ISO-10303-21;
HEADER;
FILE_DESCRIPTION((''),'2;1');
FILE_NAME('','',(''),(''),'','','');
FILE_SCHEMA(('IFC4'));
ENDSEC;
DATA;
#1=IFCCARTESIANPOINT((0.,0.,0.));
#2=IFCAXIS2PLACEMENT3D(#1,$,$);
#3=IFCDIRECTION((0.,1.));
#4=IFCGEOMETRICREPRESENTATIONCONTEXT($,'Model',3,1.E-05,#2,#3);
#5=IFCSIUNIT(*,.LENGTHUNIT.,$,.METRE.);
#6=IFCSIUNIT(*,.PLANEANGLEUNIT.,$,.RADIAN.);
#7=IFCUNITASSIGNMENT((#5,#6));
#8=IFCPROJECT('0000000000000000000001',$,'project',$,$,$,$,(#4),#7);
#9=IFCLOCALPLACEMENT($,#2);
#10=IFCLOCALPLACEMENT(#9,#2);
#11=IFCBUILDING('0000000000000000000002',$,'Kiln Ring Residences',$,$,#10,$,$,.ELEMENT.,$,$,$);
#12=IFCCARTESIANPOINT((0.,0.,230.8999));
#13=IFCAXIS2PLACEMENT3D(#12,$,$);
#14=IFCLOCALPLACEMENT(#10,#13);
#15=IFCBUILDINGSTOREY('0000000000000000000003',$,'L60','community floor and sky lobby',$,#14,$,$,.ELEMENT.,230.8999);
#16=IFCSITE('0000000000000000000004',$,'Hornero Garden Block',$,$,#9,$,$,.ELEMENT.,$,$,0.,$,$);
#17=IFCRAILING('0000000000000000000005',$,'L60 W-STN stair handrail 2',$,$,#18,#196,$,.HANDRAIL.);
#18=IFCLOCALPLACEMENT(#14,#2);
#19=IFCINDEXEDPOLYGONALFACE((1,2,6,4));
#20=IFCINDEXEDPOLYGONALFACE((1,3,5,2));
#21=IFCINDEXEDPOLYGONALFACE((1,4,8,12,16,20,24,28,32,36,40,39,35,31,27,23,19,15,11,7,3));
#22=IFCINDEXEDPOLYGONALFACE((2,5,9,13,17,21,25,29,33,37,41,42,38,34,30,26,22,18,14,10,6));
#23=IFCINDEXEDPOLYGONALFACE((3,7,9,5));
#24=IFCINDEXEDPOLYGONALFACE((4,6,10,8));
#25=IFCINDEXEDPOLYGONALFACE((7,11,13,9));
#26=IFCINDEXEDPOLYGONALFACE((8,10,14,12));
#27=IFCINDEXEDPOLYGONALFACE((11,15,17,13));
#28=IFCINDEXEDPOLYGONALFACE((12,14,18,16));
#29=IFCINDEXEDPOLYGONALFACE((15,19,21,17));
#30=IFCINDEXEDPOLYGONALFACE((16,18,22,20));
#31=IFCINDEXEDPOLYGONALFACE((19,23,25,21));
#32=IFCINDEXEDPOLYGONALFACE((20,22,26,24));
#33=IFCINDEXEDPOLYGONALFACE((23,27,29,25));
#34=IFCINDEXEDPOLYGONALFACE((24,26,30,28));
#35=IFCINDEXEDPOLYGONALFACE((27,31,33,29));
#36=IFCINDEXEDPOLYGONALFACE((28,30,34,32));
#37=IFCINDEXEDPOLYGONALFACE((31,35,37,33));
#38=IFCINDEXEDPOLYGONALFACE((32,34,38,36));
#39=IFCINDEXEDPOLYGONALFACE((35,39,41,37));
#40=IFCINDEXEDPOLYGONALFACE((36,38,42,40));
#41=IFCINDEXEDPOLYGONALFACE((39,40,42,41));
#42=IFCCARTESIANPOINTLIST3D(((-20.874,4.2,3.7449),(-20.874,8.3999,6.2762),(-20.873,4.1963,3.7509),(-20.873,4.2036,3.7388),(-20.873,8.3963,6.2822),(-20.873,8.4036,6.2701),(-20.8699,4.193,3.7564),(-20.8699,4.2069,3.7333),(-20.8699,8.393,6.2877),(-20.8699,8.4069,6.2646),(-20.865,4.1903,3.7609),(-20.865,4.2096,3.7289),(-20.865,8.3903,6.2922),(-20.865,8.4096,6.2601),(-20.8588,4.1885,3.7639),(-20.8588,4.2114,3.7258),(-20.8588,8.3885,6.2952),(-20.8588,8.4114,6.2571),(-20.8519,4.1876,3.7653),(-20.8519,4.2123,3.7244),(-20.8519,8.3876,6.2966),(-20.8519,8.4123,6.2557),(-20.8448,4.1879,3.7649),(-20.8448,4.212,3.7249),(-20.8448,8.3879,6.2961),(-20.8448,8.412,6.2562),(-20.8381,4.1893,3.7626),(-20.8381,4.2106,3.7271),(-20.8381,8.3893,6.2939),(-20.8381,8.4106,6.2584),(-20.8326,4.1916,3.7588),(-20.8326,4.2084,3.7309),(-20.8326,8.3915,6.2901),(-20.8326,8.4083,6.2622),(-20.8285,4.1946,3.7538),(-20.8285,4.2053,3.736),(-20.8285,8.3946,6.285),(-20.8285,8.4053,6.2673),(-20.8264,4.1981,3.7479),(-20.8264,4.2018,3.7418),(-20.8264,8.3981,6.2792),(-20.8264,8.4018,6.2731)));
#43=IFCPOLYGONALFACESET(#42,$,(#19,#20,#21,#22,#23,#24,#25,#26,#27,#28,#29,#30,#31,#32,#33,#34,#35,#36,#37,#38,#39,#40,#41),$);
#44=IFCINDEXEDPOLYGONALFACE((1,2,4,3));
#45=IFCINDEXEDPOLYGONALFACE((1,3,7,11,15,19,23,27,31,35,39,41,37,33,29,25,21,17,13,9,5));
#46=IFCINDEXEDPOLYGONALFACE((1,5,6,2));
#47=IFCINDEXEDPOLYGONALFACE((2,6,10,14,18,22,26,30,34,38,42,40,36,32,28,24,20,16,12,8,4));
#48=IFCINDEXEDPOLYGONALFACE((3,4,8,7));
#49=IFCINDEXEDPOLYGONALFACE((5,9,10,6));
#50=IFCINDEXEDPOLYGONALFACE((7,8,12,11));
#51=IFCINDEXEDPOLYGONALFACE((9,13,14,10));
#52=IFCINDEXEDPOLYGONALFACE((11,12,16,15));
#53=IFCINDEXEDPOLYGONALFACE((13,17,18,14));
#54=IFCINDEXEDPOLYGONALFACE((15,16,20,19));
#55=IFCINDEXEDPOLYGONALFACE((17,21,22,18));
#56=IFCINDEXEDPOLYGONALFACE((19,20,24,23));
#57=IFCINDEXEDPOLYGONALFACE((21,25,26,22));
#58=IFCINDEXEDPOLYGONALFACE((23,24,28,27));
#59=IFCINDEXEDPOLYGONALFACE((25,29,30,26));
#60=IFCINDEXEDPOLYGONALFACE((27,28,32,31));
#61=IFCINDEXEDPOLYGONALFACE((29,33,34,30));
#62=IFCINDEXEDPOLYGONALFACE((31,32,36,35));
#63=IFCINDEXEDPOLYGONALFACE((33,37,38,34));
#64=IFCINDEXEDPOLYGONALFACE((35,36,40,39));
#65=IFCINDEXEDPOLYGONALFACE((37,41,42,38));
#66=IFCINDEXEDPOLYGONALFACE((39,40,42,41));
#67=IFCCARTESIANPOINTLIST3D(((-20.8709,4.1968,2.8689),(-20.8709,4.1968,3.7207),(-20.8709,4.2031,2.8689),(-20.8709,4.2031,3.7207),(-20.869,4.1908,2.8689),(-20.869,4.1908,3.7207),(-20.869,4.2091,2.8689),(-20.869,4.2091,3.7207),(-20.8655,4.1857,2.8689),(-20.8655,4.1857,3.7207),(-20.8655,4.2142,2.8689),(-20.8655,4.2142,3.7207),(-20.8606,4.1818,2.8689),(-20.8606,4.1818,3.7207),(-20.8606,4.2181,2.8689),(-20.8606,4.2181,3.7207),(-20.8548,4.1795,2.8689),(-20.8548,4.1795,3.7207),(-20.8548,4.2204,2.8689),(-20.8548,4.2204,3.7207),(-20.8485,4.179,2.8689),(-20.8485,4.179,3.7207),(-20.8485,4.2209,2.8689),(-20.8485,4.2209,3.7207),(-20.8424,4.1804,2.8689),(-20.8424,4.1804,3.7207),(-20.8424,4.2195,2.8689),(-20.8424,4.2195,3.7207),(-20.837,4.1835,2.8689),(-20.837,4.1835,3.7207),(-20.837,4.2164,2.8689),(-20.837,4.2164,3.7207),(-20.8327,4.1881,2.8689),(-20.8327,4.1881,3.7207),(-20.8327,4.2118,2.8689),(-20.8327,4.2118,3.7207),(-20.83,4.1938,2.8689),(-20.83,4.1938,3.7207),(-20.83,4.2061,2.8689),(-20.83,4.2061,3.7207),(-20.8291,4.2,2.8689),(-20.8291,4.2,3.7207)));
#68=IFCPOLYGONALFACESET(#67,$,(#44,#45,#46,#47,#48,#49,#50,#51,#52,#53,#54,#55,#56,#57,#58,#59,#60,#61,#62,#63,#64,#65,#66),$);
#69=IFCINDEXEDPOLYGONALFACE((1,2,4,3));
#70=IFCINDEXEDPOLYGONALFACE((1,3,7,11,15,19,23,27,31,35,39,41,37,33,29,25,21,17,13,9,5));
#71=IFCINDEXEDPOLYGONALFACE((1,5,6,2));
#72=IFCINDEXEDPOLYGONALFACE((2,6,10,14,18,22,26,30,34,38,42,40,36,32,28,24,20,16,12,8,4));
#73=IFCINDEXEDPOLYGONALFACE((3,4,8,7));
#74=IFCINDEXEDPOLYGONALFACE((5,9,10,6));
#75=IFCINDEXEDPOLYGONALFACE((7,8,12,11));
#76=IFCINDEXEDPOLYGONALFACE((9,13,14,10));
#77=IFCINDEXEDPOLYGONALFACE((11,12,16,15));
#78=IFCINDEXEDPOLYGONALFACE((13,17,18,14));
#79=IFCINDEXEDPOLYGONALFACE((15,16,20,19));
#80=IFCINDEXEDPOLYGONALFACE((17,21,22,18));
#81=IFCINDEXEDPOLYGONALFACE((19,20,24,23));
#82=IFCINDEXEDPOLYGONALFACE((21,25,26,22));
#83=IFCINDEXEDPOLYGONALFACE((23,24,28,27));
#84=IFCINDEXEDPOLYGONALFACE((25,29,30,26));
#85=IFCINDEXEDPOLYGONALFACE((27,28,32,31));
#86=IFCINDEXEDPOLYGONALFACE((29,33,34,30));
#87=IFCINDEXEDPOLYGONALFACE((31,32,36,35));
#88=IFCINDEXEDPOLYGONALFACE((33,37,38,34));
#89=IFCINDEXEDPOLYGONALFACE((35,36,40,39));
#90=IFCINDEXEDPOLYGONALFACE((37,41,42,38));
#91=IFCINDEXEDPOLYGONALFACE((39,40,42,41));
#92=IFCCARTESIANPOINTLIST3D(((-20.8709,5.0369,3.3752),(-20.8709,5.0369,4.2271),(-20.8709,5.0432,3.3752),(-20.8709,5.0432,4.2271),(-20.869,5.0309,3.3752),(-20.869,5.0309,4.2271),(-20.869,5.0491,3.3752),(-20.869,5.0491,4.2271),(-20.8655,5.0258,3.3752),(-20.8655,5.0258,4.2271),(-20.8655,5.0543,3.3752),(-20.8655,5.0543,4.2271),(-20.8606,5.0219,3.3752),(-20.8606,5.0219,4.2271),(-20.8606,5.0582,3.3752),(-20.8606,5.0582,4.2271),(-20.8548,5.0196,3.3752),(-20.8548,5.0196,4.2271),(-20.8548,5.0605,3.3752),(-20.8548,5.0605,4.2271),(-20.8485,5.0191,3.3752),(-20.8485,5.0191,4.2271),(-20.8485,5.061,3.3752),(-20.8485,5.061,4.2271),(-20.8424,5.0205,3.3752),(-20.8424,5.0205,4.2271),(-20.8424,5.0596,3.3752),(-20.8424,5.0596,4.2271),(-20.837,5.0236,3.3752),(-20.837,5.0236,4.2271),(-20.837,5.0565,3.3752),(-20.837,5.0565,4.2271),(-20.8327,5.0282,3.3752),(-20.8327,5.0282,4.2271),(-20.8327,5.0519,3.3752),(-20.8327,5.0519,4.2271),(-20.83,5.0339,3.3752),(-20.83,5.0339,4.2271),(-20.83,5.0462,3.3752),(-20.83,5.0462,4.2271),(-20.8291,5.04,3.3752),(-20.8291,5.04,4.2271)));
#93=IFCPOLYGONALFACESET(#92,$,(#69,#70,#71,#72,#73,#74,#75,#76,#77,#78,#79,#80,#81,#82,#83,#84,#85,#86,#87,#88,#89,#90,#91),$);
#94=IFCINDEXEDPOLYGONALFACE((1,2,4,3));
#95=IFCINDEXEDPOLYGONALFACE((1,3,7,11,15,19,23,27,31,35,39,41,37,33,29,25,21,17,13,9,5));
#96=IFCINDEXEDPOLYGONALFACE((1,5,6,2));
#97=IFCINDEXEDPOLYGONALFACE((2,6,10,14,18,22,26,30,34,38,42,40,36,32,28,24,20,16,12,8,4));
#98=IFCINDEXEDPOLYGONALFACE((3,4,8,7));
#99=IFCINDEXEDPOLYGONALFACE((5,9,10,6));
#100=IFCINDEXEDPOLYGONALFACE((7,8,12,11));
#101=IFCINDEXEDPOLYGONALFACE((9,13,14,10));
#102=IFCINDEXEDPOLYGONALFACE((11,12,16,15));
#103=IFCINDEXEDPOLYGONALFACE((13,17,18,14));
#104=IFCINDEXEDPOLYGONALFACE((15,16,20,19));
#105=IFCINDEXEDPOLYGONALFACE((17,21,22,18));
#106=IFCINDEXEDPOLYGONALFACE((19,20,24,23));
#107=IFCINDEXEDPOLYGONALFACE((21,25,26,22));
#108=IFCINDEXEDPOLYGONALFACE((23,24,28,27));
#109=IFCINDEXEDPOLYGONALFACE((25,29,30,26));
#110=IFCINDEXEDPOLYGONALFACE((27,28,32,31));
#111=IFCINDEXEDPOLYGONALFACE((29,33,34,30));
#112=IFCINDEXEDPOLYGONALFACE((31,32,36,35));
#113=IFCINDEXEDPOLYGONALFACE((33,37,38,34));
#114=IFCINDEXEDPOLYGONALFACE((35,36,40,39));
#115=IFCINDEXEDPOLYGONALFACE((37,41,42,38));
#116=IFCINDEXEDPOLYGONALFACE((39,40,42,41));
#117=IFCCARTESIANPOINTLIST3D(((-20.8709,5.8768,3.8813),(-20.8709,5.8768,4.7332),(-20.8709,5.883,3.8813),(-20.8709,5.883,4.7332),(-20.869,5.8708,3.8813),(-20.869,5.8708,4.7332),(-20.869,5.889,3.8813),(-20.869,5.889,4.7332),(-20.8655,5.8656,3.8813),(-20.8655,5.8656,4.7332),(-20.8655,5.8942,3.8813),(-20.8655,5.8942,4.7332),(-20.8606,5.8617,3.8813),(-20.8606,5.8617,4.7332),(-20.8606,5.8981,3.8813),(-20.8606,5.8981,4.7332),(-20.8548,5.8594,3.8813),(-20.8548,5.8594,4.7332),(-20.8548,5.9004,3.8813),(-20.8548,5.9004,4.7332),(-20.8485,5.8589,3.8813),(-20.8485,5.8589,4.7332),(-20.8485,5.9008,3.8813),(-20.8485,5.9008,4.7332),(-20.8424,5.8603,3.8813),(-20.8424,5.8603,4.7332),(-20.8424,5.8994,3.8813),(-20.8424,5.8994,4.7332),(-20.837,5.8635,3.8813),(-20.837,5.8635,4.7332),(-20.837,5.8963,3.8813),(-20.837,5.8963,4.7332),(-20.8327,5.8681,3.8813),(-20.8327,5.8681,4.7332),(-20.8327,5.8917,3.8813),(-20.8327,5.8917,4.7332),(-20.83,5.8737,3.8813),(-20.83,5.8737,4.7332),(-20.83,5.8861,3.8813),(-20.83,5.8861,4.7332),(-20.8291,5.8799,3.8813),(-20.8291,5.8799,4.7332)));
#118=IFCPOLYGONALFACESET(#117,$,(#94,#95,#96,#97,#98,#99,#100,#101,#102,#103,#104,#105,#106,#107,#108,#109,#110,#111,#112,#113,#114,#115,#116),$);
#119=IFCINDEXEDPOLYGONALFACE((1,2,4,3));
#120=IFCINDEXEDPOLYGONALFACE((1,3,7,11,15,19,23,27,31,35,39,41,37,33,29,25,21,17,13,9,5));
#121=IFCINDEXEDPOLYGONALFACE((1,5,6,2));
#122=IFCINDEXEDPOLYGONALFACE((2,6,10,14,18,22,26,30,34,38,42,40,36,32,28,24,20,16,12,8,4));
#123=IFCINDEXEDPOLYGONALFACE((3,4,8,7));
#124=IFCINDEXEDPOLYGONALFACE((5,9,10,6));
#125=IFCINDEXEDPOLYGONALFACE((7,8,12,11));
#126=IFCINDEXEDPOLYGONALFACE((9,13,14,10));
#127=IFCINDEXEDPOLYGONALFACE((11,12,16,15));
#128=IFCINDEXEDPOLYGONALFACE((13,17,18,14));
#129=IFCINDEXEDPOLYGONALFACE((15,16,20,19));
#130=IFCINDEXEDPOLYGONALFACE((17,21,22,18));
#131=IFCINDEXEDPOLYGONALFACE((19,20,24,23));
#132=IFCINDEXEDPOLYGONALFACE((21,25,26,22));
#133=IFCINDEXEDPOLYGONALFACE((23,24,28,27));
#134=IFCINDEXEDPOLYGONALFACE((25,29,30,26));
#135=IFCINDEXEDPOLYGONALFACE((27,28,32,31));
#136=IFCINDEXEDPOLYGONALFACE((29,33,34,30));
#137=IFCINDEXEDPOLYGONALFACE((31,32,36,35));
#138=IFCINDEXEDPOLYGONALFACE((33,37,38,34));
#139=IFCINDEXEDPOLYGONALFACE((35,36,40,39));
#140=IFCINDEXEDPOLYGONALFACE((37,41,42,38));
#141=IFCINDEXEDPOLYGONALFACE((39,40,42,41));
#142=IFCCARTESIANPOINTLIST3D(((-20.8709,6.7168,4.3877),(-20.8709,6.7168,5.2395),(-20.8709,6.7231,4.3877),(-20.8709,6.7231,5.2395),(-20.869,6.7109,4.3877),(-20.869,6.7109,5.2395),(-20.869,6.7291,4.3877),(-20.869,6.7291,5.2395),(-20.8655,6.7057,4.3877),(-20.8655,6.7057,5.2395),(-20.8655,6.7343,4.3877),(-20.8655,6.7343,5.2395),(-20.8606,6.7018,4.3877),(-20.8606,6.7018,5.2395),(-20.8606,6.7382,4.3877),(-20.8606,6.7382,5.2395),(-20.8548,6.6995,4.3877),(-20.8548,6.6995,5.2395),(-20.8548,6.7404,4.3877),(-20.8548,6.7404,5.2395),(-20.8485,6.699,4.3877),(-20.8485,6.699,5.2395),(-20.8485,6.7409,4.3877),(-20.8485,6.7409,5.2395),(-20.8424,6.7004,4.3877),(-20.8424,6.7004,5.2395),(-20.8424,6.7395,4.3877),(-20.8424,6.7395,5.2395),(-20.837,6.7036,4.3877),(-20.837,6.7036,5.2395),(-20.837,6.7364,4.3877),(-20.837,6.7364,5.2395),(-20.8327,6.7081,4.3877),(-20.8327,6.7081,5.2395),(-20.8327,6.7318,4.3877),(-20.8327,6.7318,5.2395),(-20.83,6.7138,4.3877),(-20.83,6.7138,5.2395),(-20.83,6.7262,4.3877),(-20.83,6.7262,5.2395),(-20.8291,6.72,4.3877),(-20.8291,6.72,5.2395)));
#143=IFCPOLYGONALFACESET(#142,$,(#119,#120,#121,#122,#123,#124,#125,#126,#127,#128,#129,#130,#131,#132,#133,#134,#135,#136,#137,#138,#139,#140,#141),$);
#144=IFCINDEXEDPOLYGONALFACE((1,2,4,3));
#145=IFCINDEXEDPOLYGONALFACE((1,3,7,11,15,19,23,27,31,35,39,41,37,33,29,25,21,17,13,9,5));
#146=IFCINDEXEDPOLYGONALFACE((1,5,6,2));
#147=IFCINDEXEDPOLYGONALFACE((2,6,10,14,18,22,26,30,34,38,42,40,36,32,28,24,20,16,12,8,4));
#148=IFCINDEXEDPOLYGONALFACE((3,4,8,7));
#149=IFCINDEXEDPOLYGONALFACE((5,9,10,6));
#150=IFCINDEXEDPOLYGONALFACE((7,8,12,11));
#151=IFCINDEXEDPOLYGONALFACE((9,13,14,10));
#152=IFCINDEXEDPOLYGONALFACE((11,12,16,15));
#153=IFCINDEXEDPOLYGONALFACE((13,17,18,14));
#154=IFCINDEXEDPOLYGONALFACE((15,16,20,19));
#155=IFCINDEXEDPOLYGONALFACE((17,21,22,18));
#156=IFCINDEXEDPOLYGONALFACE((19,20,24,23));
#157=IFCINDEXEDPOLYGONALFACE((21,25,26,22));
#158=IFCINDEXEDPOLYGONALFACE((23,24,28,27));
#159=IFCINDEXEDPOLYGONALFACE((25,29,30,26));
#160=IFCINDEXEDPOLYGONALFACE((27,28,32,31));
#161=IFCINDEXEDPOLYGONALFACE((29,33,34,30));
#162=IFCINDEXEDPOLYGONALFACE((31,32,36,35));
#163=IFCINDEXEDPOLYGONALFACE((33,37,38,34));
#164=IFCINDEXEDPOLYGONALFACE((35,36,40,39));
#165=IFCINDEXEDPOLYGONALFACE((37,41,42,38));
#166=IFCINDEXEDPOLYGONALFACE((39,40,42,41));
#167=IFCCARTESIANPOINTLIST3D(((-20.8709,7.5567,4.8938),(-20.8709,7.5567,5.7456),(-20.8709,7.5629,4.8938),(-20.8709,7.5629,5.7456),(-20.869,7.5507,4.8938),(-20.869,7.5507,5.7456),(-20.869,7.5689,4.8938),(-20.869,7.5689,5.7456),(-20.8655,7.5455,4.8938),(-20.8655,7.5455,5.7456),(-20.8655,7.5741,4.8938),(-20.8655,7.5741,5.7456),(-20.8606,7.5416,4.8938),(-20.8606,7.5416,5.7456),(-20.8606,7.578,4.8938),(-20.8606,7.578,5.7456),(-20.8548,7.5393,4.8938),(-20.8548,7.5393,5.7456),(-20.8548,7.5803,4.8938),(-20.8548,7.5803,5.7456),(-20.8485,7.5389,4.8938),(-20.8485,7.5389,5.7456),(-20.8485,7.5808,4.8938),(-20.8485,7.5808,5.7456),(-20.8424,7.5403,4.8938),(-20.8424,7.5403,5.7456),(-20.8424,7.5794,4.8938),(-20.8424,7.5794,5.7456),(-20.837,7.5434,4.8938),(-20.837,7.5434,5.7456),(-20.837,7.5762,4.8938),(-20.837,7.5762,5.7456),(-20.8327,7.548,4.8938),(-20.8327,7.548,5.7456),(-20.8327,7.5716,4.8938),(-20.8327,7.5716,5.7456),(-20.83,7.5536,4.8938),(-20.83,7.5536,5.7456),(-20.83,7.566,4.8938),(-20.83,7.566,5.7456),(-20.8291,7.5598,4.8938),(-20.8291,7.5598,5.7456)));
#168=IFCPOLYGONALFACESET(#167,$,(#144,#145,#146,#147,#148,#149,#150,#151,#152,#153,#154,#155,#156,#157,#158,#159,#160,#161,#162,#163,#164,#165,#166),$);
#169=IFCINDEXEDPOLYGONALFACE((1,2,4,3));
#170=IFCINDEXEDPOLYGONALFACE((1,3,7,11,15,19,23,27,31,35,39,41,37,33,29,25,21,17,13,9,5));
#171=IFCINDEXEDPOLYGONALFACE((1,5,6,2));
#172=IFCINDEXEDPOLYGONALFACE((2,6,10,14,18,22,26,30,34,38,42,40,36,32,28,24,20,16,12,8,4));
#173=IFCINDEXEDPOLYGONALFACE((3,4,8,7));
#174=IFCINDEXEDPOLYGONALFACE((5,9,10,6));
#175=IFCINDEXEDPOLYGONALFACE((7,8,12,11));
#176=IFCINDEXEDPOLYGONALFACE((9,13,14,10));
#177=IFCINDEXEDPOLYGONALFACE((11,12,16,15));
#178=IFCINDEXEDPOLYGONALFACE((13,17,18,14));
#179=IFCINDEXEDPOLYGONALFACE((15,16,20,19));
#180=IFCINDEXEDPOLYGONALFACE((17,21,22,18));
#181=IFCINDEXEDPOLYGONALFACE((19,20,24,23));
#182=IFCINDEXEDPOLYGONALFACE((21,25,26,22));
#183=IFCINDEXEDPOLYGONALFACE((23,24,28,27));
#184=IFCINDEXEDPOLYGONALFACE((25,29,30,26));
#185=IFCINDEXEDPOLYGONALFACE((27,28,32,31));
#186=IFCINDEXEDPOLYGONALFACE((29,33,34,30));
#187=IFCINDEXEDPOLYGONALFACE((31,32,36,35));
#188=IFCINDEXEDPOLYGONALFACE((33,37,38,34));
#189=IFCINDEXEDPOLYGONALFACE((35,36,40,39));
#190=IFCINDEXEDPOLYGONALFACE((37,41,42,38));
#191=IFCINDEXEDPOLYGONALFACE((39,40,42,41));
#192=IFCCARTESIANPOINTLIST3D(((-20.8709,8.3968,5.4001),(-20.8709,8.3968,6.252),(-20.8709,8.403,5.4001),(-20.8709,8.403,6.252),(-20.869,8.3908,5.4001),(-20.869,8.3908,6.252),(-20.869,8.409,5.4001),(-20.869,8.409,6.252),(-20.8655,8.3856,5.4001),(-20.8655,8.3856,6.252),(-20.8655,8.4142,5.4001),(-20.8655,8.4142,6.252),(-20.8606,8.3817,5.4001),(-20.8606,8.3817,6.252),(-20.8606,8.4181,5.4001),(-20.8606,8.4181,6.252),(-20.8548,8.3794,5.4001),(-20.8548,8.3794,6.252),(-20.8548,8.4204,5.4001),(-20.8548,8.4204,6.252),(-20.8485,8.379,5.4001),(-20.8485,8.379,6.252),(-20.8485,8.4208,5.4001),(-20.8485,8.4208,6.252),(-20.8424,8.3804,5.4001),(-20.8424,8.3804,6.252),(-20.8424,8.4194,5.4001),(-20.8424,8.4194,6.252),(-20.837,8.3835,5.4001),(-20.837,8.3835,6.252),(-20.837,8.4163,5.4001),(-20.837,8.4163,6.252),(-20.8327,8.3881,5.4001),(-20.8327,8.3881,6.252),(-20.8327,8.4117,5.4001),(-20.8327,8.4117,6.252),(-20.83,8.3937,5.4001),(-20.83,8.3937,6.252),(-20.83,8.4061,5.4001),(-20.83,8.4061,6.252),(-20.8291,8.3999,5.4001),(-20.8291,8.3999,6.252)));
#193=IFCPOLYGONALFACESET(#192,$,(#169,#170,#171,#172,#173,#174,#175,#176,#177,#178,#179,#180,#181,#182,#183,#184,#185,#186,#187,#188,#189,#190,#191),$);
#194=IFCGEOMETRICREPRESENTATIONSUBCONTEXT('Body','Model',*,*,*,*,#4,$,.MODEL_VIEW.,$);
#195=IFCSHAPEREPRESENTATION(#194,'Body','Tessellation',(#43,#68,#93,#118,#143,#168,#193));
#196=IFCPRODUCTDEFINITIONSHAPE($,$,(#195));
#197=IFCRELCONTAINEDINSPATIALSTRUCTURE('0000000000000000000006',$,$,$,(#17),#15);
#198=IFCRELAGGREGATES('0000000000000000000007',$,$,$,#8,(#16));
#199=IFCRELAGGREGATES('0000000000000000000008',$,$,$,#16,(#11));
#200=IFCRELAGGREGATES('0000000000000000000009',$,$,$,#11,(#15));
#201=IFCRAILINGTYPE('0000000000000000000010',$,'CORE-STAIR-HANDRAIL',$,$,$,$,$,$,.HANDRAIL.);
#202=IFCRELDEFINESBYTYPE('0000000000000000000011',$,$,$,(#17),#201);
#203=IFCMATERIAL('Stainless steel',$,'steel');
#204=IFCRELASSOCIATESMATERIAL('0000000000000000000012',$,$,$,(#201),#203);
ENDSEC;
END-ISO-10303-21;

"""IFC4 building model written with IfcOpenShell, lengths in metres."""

from ifc_helpers import new_model, si_unit, direction, frame, origin, origin_2d, place, context, subcontext, project, spatial, circle, extrude, material, type_object, element, save


model = new_model("IFC4")

# Units and contexts
model_context = context("Model", 3, precision=1e-05, world=origin(), true_north=direction((0.0, 1.0)))
body_context = subcontext(model_context, "Body", "Model", "MODEL_VIEW")
ifc_project = project(units=[si_unit("LENGTHUNIT", "METRE"), si_unit("PLANEANGLEUNIT", "RADIAN")], contexts=[model_context])

# Site, building, storey
site_placement = place(None, origin())
site = spatial("IfcSite", under=ifc_project, at=site_placement, Name="Hornero Garden Block", CompositionType="ELEMENT", RefElevation=0.0)
building_placement = place(site_placement, origin())
building = spatial("IfcBuilding", under=site, at=building_placement, Name="Kiln Ring Residences", CompositionType="ELEMENT")
storey_placement = place(building_placement, frame((0.0, 0.0, 230.8999)))
storey = spatial("IfcBuildingStorey", under=building, at=storey_placement, Name="L60", Description="community floor and sky lobby", CompositionType="ELEMENT", Elevation=230.8999)

# Railing
ifc_material_1 = material(Name="Stainless steel", Category="steel")
railing_type_1 = type_object("IfcRailingType", Name="CORE-STAIR-HANDRAIL", PredefinedType="HANDRAIL", material=ifc_material_1)
railing_1_placement = place(storey_placement, frame((-20.8501, 4.2, 2.8689)))
element("IfcRailing", 1, at=railing_1_placement, inside=storey, type_object=railing_type_1, Name="L60 W-STN stair handrail 2", PredefinedType="HANDRAIL", context=body_context, shape_type="SweptSolid", body=[
    extrude(circle(Radius=0.0239, at=origin_2d()), frame((0.0, 0.0, 0.876), z_axis=(0.0, 0.856476, 0.516186), x_axis=(-1.0, 0.0, 0.0)), (0.0, 0.0, 1.0), 4.9038),
    extrude(circle(Radius=0.021, at=origin_2d()), origin(), (0.0, 0.0, 1.0), 0.8518),
    extrude(circle(Radius=0.021, at=origin_2d()), frame((0.0, 0.8401, 0.5063)), (0.0, 0.0, 1.0), 0.8518),
    extrude(circle(Radius=0.021, at=origin_2d()), frame((0.0, 1.6799, 1.0125)), (0.0, 0.0, 1.0), 0.8518),
    extrude(circle(Radius=0.021, at=origin_2d()), frame((0.0, 2.52, 1.5188)), (0.0, 0.0, 1.0), 0.8518),
    extrude(circle(Radius=0.021, at=origin_2d()), frame((0.0, 3.3599, 2.0249)), (0.0, 0.0, 1.0), 0.8518),
    extrude(circle(Radius=0.021, at=origin_2d()), frame((0.0, 4.2, 2.5312)), (0.0, 0.0, 1.0), 0.8518),
])

save(model, "model.ifc")
